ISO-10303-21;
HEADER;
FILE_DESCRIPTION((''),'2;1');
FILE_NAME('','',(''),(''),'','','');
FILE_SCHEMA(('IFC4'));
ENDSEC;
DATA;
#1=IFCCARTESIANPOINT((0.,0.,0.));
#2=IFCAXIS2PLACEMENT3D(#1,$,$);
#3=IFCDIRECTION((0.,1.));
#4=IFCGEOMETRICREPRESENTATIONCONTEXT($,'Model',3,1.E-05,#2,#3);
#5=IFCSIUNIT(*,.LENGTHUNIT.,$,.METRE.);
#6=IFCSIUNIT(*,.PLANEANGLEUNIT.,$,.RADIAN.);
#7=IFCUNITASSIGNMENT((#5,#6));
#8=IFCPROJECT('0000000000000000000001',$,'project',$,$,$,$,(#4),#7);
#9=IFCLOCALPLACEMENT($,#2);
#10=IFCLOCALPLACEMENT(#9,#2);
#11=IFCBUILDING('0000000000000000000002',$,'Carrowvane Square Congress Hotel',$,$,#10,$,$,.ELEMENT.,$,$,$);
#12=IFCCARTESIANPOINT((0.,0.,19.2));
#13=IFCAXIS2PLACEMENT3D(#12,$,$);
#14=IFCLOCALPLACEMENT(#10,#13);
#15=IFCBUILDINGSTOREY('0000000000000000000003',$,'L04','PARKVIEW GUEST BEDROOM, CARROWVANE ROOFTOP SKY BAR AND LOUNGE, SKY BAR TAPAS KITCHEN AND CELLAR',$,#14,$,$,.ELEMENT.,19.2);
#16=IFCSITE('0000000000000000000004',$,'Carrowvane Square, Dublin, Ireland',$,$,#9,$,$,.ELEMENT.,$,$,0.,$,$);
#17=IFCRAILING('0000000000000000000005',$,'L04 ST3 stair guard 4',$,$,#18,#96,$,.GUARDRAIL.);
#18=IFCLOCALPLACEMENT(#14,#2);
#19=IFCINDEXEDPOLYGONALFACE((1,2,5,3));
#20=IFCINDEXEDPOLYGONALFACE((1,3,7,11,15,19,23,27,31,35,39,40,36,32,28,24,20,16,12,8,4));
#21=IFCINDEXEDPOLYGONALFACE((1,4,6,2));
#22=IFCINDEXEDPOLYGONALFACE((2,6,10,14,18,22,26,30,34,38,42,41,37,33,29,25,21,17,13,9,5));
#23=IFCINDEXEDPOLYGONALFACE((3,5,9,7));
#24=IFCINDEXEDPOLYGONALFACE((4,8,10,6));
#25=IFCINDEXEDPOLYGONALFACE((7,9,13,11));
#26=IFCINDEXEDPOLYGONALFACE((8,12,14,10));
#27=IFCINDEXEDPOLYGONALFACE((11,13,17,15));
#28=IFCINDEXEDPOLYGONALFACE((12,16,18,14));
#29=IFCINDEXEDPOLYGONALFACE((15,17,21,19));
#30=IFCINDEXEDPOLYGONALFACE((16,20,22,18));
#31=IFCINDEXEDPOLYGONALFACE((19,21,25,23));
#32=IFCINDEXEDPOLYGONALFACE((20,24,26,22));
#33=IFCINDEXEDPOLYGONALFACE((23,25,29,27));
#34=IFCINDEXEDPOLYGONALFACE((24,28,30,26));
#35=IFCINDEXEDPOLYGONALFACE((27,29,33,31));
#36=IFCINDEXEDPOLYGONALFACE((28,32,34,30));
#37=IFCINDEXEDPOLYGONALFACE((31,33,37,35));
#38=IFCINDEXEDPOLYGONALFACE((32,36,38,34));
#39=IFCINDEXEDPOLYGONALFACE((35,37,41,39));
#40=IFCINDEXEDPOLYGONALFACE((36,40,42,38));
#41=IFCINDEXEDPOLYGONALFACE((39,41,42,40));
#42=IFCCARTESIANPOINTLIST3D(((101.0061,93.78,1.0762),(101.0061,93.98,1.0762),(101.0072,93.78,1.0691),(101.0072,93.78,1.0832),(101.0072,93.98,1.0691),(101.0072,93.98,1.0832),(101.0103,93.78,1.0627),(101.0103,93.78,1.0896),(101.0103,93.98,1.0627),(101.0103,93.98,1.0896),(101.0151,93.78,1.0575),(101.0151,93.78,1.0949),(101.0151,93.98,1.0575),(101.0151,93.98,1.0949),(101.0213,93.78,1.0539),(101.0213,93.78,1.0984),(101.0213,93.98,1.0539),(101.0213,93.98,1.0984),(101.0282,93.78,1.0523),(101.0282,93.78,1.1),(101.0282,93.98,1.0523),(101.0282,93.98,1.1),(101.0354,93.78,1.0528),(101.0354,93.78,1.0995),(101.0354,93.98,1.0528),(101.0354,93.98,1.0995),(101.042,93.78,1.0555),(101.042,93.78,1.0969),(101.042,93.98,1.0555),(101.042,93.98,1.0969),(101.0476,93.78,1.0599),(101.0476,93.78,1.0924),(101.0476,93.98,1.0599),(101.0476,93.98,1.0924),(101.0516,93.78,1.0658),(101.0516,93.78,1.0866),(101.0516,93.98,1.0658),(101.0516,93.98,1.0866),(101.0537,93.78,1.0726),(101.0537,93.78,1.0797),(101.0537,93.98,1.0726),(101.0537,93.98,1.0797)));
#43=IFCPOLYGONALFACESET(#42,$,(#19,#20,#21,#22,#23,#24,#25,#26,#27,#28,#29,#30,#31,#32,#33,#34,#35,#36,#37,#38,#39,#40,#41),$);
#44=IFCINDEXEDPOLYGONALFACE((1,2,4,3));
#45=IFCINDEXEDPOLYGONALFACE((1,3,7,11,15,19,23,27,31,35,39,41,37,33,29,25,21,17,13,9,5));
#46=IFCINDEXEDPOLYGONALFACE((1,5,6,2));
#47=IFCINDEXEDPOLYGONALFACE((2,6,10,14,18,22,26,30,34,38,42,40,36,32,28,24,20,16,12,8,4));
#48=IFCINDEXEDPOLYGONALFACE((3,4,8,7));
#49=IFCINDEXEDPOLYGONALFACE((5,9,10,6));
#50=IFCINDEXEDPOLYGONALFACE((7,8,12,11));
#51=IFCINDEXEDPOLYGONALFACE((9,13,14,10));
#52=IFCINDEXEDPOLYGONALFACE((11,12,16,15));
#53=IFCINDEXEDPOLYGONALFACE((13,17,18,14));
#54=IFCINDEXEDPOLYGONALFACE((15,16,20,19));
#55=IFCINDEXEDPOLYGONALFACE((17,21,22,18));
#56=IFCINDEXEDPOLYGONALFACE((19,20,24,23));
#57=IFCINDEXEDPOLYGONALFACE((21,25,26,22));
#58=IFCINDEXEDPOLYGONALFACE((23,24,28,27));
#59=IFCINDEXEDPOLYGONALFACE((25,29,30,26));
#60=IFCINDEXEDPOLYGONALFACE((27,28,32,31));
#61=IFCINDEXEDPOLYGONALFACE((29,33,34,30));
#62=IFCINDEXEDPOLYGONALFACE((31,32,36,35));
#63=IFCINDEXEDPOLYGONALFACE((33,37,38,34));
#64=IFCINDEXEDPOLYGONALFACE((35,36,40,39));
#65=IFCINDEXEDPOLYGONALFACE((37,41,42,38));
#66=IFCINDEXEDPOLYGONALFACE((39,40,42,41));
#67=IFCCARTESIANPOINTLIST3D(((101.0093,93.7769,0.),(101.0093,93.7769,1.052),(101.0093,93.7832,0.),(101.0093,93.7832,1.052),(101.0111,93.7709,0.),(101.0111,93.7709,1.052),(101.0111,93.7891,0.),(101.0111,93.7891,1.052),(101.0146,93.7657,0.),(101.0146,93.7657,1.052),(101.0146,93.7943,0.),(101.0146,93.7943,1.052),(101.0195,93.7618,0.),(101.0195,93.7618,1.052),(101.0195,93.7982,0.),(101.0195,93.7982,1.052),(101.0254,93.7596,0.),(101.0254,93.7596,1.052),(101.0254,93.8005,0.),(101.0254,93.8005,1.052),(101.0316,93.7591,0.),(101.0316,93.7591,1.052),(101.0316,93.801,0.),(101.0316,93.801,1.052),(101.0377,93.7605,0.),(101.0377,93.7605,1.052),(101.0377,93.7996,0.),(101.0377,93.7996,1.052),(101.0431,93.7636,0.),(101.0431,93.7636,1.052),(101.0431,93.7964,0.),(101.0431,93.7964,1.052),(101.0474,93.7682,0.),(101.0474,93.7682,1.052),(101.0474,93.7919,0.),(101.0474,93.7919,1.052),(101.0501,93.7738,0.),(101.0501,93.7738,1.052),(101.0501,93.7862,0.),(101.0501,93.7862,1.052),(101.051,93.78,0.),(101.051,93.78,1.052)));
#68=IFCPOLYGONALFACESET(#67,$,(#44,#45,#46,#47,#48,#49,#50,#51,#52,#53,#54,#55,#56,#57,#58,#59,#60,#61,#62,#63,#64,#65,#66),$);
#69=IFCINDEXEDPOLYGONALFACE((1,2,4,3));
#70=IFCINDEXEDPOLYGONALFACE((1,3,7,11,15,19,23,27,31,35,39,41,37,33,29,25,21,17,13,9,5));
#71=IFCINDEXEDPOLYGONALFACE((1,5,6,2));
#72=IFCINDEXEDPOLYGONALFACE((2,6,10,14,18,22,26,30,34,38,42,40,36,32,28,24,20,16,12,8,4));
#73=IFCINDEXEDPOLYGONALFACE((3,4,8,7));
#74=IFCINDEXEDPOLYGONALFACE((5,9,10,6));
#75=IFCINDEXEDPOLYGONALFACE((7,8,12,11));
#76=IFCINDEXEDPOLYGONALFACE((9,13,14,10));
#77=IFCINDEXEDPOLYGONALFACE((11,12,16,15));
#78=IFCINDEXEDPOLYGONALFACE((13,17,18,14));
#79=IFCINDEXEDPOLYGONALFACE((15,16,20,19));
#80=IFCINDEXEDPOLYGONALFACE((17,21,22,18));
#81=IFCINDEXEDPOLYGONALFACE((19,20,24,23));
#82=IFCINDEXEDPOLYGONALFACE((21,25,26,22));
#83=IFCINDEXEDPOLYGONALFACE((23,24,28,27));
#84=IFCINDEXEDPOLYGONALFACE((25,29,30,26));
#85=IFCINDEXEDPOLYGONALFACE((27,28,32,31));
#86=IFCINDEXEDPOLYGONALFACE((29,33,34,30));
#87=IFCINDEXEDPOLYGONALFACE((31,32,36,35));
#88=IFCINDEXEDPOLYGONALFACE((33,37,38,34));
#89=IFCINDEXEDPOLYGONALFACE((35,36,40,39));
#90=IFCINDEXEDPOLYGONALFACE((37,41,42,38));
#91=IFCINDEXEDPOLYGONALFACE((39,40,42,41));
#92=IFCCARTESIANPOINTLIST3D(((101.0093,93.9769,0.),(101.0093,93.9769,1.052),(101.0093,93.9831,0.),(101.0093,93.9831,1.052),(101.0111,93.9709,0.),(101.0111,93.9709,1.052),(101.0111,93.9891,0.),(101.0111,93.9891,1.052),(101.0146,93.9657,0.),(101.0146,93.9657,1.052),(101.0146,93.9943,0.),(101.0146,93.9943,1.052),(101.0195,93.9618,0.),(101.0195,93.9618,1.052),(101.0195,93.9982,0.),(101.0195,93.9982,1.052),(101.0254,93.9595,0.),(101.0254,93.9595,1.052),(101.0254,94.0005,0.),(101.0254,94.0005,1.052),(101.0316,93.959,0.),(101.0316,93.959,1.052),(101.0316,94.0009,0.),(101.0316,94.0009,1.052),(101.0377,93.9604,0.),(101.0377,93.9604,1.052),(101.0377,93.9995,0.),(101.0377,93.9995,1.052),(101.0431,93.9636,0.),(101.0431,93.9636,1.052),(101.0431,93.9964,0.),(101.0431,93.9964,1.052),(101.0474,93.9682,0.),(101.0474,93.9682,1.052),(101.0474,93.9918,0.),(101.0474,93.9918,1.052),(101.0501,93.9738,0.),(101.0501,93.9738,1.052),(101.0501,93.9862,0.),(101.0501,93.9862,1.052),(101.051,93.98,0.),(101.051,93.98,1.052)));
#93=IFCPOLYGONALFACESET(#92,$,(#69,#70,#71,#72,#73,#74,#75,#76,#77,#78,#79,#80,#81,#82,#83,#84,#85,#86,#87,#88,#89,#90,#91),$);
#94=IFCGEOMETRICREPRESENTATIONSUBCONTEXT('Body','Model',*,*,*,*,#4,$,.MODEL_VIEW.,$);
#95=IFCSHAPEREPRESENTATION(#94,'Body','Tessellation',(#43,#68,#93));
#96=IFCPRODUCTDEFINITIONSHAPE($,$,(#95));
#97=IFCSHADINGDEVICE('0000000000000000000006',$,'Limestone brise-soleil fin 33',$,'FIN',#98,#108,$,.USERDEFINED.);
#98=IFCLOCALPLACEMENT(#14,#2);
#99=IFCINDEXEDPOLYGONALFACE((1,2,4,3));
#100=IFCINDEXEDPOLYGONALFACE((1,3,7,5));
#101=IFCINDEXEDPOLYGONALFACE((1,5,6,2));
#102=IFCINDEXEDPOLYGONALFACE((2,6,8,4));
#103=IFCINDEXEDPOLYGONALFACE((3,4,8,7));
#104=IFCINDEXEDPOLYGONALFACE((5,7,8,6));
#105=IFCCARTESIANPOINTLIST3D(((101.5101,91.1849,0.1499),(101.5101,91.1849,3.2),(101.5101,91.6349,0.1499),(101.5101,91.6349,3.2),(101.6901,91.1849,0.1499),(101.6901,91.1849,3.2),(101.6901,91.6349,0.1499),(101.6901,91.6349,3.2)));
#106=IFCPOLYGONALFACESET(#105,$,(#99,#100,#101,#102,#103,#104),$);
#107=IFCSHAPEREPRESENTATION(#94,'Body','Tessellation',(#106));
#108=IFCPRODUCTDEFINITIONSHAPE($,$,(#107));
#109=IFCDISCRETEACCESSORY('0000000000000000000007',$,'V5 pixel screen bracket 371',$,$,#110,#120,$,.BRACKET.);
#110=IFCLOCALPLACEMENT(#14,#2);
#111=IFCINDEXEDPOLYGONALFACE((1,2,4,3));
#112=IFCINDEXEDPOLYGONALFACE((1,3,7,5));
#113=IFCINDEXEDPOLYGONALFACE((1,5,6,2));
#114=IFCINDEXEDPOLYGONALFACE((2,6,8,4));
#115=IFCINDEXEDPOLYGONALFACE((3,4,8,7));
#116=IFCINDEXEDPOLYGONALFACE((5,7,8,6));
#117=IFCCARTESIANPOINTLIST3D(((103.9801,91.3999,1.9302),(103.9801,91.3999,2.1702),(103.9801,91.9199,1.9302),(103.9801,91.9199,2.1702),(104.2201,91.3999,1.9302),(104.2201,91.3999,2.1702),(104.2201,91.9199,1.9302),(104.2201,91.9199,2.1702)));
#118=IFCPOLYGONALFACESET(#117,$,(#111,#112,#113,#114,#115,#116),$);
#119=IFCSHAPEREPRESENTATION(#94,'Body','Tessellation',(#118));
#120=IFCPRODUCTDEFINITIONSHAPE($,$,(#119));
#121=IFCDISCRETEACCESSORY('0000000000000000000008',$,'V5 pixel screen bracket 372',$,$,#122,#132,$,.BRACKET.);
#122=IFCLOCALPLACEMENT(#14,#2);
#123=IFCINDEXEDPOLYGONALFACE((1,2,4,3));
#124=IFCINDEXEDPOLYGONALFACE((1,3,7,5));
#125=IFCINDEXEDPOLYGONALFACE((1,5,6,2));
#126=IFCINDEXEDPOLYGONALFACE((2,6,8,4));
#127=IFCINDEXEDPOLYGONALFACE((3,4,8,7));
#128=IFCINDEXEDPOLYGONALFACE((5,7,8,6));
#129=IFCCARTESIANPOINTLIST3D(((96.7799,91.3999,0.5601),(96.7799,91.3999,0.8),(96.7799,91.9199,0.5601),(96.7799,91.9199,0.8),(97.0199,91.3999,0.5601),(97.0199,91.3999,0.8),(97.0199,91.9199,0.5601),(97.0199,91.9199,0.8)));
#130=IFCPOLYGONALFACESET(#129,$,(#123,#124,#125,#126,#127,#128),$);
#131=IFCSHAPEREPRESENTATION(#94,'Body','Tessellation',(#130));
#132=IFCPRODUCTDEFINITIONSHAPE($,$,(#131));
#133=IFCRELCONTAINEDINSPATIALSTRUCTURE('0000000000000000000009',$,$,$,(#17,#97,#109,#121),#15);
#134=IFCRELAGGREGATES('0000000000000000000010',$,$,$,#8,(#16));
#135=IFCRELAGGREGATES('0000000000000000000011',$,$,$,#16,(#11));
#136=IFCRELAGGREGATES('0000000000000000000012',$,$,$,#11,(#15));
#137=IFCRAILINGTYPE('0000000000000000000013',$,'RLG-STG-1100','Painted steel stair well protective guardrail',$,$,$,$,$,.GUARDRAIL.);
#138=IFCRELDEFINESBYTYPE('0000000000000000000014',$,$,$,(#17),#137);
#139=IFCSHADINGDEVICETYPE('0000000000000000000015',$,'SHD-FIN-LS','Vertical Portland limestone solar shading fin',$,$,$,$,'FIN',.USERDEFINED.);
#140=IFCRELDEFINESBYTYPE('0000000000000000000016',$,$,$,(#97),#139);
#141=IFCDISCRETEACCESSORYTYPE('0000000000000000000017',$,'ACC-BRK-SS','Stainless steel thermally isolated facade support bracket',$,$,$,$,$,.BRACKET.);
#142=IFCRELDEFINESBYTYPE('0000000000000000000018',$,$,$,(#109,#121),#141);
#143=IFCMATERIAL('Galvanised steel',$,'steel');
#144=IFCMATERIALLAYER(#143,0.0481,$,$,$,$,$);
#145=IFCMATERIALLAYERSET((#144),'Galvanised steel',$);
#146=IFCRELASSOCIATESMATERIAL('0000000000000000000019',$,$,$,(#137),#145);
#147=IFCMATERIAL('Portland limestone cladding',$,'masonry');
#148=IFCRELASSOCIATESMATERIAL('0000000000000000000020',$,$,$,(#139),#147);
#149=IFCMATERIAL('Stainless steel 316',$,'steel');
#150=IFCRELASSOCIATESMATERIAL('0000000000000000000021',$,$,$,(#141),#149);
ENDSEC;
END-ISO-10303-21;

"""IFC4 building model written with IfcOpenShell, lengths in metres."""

from ifc_helpers import new_model, si_unit, direction, frame, origin, origin_2d, place, context, subcontext, project, spatial, rectangle, circle, extrude, material, layer, layer_set, type_object, element, save


model = new_model("IFC4")

# Units and contexts
model_context = context("Model", 3, precision=1e-05, world=origin(), true_north=direction((0.0, 1.0)))
body_context = subcontext(model_context, "Body", "Model", "MODEL_VIEW")
ifc_project = project(units=[si_unit("LENGTHUNIT", "METRE"), si_unit("PLANEANGLEUNIT", "RADIAN")], contexts=[model_context])

# Site, building, storey
site_placement = place(None, origin())
site = spatial("IfcSite", under=ifc_project, at=site_placement, Name="Carrowvane Square, Dublin, Ireland", CompositionType="ELEMENT", RefElevation=0.0)
building_placement = place(site_placement, origin())
building = spatial("IfcBuilding", under=site, at=building_placement, Name="Carrowvane Square Congress Hotel", CompositionType="ELEMENT")
storey_placement = place(building_placement, frame((0.0, 0.0, 19.2)))
storey = spatial("IfcBuildingStorey", under=building, at=storey_placement, Name="L04", Description="PARKVIEW GUEST BEDROOM, CARROWVANE ROOFTOP SKY BAR AND LOUNGE, SKY BAR TAPAS KITCHEN AND CELLAR", CompositionType="ELEMENT", Elevation=19.2)

# Railing
ifc_material_1 = material(Name="Galvanised steel", Category="steel")
ifc_layer_1 = layer(ifc_material_1, 0.0481)
ifc_layer_set_1 = layer_set([ifc_layer_1], Name="Galvanised steel")
railing_type_1 = type_object("IfcRailingType", Name="RLG-STG-1100", Description="Painted steel stair well protective guardrail", PredefinedType="GUARDRAIL", material=ifc_layer_set_1)
railing_1_placement = place(storey_placement, frame((101.03, 93.78, 0.0)))
element("IfcRailing", 1, at=railing_1_placement, inside=storey, type_object=railing_type_1, Name="L04 ST3 stair guard 4", PredefinedType="GUARDRAIL", context=body_context, shape_type="SweptSolid", body=[
    extrude(circle(Radius=0.0239, at=origin_2d()), frame((0.0, 0.0, 1.0762), z_axis=(0.0, 1.0, 0.0), x_axis=(-1.0, 0.0, 0.0)), (0.0, 0.0, 1.0), 0.2),
    extrude(circle(Radius=0.021, at=origin_2d()), origin(), (0.0, 0.0, 1.0), 1.052),
    extrude(circle(Radius=0.021, at=origin_2d()), frame((0.0, 0.2, 0.0)), (0.0, 0.0, 1.0), 1.052),
])

# Shading device
ifc_material_2 = material(Name="Portland limestone cladding", Category="masonry")
shading_device_type = type_object("IfcShadingDeviceType", Name="SHD-FIN-LS", Description="Vertical Portland limestone solar shading fin", ElementType="FIN", PredefinedType="USERDEFINED", material=ifc_material_2)
shading_device_placement = place(storey_placement, frame((101.6001, 91.4099, 0.1499), z_axis=(0.0, 0.0, 1.0), x_axis=(-1.0, 0.0, 0.0)))
element("IfcShadingDevice", 2, at=shading_device_placement, inside=storey, type_object=shading_device_type, Name="Limestone brise-soleil fin 33", ObjectType="FIN", PredefinedType="USERDEFINED", context=body_context, shape_type="SweptSolid", body=[
    extrude(rectangle(XDim=0.1799, YDim=0.45, at=origin_2d()), origin(), (0.0, 0.0, 1.0), 3.05),
])

# Discrete accessories
ifc_material_3 = material(Name="Stainless steel 316", Category="steel")
discrete_accessory_type = type_object("IfcDiscreteAccessoryType", Name="ACC-BRK-SS", Description="Stainless steel thermally isolated facade support bracket", PredefinedType="BRACKET", material=ifc_material_3)
for number, where, z_axis, x_axis, name in (
    (3, (104.1001, 91.6599, 1.9302), (0.0, 0.0, 1.0), (-1.0, 0.0, 0.0), "V5 pixel screen bracket 371"),
    (4, (96.8999, 91.6599, 0.5601), (0.0, 0.0, 1.0), (-1.0, 0.0, 0.0), "V5 pixel screen bracket 372"),
):
    element("IfcDiscreteAccessory", number, at=place(storey_placement, frame(where, z_axis=z_axis, x_axis=x_axis)), inside=storey, type_object=discrete_accessory_type, Name=name, PredefinedType="BRACKET", context=body_context, shape_type="SweptSolid", body=[
        extrude(rectangle(XDim=0.24, YDim=0.52, at=origin_2d()), origin(), (0.0, 0.0, 1.0), 0.24),
    ])

save(model, "model.ifc")
